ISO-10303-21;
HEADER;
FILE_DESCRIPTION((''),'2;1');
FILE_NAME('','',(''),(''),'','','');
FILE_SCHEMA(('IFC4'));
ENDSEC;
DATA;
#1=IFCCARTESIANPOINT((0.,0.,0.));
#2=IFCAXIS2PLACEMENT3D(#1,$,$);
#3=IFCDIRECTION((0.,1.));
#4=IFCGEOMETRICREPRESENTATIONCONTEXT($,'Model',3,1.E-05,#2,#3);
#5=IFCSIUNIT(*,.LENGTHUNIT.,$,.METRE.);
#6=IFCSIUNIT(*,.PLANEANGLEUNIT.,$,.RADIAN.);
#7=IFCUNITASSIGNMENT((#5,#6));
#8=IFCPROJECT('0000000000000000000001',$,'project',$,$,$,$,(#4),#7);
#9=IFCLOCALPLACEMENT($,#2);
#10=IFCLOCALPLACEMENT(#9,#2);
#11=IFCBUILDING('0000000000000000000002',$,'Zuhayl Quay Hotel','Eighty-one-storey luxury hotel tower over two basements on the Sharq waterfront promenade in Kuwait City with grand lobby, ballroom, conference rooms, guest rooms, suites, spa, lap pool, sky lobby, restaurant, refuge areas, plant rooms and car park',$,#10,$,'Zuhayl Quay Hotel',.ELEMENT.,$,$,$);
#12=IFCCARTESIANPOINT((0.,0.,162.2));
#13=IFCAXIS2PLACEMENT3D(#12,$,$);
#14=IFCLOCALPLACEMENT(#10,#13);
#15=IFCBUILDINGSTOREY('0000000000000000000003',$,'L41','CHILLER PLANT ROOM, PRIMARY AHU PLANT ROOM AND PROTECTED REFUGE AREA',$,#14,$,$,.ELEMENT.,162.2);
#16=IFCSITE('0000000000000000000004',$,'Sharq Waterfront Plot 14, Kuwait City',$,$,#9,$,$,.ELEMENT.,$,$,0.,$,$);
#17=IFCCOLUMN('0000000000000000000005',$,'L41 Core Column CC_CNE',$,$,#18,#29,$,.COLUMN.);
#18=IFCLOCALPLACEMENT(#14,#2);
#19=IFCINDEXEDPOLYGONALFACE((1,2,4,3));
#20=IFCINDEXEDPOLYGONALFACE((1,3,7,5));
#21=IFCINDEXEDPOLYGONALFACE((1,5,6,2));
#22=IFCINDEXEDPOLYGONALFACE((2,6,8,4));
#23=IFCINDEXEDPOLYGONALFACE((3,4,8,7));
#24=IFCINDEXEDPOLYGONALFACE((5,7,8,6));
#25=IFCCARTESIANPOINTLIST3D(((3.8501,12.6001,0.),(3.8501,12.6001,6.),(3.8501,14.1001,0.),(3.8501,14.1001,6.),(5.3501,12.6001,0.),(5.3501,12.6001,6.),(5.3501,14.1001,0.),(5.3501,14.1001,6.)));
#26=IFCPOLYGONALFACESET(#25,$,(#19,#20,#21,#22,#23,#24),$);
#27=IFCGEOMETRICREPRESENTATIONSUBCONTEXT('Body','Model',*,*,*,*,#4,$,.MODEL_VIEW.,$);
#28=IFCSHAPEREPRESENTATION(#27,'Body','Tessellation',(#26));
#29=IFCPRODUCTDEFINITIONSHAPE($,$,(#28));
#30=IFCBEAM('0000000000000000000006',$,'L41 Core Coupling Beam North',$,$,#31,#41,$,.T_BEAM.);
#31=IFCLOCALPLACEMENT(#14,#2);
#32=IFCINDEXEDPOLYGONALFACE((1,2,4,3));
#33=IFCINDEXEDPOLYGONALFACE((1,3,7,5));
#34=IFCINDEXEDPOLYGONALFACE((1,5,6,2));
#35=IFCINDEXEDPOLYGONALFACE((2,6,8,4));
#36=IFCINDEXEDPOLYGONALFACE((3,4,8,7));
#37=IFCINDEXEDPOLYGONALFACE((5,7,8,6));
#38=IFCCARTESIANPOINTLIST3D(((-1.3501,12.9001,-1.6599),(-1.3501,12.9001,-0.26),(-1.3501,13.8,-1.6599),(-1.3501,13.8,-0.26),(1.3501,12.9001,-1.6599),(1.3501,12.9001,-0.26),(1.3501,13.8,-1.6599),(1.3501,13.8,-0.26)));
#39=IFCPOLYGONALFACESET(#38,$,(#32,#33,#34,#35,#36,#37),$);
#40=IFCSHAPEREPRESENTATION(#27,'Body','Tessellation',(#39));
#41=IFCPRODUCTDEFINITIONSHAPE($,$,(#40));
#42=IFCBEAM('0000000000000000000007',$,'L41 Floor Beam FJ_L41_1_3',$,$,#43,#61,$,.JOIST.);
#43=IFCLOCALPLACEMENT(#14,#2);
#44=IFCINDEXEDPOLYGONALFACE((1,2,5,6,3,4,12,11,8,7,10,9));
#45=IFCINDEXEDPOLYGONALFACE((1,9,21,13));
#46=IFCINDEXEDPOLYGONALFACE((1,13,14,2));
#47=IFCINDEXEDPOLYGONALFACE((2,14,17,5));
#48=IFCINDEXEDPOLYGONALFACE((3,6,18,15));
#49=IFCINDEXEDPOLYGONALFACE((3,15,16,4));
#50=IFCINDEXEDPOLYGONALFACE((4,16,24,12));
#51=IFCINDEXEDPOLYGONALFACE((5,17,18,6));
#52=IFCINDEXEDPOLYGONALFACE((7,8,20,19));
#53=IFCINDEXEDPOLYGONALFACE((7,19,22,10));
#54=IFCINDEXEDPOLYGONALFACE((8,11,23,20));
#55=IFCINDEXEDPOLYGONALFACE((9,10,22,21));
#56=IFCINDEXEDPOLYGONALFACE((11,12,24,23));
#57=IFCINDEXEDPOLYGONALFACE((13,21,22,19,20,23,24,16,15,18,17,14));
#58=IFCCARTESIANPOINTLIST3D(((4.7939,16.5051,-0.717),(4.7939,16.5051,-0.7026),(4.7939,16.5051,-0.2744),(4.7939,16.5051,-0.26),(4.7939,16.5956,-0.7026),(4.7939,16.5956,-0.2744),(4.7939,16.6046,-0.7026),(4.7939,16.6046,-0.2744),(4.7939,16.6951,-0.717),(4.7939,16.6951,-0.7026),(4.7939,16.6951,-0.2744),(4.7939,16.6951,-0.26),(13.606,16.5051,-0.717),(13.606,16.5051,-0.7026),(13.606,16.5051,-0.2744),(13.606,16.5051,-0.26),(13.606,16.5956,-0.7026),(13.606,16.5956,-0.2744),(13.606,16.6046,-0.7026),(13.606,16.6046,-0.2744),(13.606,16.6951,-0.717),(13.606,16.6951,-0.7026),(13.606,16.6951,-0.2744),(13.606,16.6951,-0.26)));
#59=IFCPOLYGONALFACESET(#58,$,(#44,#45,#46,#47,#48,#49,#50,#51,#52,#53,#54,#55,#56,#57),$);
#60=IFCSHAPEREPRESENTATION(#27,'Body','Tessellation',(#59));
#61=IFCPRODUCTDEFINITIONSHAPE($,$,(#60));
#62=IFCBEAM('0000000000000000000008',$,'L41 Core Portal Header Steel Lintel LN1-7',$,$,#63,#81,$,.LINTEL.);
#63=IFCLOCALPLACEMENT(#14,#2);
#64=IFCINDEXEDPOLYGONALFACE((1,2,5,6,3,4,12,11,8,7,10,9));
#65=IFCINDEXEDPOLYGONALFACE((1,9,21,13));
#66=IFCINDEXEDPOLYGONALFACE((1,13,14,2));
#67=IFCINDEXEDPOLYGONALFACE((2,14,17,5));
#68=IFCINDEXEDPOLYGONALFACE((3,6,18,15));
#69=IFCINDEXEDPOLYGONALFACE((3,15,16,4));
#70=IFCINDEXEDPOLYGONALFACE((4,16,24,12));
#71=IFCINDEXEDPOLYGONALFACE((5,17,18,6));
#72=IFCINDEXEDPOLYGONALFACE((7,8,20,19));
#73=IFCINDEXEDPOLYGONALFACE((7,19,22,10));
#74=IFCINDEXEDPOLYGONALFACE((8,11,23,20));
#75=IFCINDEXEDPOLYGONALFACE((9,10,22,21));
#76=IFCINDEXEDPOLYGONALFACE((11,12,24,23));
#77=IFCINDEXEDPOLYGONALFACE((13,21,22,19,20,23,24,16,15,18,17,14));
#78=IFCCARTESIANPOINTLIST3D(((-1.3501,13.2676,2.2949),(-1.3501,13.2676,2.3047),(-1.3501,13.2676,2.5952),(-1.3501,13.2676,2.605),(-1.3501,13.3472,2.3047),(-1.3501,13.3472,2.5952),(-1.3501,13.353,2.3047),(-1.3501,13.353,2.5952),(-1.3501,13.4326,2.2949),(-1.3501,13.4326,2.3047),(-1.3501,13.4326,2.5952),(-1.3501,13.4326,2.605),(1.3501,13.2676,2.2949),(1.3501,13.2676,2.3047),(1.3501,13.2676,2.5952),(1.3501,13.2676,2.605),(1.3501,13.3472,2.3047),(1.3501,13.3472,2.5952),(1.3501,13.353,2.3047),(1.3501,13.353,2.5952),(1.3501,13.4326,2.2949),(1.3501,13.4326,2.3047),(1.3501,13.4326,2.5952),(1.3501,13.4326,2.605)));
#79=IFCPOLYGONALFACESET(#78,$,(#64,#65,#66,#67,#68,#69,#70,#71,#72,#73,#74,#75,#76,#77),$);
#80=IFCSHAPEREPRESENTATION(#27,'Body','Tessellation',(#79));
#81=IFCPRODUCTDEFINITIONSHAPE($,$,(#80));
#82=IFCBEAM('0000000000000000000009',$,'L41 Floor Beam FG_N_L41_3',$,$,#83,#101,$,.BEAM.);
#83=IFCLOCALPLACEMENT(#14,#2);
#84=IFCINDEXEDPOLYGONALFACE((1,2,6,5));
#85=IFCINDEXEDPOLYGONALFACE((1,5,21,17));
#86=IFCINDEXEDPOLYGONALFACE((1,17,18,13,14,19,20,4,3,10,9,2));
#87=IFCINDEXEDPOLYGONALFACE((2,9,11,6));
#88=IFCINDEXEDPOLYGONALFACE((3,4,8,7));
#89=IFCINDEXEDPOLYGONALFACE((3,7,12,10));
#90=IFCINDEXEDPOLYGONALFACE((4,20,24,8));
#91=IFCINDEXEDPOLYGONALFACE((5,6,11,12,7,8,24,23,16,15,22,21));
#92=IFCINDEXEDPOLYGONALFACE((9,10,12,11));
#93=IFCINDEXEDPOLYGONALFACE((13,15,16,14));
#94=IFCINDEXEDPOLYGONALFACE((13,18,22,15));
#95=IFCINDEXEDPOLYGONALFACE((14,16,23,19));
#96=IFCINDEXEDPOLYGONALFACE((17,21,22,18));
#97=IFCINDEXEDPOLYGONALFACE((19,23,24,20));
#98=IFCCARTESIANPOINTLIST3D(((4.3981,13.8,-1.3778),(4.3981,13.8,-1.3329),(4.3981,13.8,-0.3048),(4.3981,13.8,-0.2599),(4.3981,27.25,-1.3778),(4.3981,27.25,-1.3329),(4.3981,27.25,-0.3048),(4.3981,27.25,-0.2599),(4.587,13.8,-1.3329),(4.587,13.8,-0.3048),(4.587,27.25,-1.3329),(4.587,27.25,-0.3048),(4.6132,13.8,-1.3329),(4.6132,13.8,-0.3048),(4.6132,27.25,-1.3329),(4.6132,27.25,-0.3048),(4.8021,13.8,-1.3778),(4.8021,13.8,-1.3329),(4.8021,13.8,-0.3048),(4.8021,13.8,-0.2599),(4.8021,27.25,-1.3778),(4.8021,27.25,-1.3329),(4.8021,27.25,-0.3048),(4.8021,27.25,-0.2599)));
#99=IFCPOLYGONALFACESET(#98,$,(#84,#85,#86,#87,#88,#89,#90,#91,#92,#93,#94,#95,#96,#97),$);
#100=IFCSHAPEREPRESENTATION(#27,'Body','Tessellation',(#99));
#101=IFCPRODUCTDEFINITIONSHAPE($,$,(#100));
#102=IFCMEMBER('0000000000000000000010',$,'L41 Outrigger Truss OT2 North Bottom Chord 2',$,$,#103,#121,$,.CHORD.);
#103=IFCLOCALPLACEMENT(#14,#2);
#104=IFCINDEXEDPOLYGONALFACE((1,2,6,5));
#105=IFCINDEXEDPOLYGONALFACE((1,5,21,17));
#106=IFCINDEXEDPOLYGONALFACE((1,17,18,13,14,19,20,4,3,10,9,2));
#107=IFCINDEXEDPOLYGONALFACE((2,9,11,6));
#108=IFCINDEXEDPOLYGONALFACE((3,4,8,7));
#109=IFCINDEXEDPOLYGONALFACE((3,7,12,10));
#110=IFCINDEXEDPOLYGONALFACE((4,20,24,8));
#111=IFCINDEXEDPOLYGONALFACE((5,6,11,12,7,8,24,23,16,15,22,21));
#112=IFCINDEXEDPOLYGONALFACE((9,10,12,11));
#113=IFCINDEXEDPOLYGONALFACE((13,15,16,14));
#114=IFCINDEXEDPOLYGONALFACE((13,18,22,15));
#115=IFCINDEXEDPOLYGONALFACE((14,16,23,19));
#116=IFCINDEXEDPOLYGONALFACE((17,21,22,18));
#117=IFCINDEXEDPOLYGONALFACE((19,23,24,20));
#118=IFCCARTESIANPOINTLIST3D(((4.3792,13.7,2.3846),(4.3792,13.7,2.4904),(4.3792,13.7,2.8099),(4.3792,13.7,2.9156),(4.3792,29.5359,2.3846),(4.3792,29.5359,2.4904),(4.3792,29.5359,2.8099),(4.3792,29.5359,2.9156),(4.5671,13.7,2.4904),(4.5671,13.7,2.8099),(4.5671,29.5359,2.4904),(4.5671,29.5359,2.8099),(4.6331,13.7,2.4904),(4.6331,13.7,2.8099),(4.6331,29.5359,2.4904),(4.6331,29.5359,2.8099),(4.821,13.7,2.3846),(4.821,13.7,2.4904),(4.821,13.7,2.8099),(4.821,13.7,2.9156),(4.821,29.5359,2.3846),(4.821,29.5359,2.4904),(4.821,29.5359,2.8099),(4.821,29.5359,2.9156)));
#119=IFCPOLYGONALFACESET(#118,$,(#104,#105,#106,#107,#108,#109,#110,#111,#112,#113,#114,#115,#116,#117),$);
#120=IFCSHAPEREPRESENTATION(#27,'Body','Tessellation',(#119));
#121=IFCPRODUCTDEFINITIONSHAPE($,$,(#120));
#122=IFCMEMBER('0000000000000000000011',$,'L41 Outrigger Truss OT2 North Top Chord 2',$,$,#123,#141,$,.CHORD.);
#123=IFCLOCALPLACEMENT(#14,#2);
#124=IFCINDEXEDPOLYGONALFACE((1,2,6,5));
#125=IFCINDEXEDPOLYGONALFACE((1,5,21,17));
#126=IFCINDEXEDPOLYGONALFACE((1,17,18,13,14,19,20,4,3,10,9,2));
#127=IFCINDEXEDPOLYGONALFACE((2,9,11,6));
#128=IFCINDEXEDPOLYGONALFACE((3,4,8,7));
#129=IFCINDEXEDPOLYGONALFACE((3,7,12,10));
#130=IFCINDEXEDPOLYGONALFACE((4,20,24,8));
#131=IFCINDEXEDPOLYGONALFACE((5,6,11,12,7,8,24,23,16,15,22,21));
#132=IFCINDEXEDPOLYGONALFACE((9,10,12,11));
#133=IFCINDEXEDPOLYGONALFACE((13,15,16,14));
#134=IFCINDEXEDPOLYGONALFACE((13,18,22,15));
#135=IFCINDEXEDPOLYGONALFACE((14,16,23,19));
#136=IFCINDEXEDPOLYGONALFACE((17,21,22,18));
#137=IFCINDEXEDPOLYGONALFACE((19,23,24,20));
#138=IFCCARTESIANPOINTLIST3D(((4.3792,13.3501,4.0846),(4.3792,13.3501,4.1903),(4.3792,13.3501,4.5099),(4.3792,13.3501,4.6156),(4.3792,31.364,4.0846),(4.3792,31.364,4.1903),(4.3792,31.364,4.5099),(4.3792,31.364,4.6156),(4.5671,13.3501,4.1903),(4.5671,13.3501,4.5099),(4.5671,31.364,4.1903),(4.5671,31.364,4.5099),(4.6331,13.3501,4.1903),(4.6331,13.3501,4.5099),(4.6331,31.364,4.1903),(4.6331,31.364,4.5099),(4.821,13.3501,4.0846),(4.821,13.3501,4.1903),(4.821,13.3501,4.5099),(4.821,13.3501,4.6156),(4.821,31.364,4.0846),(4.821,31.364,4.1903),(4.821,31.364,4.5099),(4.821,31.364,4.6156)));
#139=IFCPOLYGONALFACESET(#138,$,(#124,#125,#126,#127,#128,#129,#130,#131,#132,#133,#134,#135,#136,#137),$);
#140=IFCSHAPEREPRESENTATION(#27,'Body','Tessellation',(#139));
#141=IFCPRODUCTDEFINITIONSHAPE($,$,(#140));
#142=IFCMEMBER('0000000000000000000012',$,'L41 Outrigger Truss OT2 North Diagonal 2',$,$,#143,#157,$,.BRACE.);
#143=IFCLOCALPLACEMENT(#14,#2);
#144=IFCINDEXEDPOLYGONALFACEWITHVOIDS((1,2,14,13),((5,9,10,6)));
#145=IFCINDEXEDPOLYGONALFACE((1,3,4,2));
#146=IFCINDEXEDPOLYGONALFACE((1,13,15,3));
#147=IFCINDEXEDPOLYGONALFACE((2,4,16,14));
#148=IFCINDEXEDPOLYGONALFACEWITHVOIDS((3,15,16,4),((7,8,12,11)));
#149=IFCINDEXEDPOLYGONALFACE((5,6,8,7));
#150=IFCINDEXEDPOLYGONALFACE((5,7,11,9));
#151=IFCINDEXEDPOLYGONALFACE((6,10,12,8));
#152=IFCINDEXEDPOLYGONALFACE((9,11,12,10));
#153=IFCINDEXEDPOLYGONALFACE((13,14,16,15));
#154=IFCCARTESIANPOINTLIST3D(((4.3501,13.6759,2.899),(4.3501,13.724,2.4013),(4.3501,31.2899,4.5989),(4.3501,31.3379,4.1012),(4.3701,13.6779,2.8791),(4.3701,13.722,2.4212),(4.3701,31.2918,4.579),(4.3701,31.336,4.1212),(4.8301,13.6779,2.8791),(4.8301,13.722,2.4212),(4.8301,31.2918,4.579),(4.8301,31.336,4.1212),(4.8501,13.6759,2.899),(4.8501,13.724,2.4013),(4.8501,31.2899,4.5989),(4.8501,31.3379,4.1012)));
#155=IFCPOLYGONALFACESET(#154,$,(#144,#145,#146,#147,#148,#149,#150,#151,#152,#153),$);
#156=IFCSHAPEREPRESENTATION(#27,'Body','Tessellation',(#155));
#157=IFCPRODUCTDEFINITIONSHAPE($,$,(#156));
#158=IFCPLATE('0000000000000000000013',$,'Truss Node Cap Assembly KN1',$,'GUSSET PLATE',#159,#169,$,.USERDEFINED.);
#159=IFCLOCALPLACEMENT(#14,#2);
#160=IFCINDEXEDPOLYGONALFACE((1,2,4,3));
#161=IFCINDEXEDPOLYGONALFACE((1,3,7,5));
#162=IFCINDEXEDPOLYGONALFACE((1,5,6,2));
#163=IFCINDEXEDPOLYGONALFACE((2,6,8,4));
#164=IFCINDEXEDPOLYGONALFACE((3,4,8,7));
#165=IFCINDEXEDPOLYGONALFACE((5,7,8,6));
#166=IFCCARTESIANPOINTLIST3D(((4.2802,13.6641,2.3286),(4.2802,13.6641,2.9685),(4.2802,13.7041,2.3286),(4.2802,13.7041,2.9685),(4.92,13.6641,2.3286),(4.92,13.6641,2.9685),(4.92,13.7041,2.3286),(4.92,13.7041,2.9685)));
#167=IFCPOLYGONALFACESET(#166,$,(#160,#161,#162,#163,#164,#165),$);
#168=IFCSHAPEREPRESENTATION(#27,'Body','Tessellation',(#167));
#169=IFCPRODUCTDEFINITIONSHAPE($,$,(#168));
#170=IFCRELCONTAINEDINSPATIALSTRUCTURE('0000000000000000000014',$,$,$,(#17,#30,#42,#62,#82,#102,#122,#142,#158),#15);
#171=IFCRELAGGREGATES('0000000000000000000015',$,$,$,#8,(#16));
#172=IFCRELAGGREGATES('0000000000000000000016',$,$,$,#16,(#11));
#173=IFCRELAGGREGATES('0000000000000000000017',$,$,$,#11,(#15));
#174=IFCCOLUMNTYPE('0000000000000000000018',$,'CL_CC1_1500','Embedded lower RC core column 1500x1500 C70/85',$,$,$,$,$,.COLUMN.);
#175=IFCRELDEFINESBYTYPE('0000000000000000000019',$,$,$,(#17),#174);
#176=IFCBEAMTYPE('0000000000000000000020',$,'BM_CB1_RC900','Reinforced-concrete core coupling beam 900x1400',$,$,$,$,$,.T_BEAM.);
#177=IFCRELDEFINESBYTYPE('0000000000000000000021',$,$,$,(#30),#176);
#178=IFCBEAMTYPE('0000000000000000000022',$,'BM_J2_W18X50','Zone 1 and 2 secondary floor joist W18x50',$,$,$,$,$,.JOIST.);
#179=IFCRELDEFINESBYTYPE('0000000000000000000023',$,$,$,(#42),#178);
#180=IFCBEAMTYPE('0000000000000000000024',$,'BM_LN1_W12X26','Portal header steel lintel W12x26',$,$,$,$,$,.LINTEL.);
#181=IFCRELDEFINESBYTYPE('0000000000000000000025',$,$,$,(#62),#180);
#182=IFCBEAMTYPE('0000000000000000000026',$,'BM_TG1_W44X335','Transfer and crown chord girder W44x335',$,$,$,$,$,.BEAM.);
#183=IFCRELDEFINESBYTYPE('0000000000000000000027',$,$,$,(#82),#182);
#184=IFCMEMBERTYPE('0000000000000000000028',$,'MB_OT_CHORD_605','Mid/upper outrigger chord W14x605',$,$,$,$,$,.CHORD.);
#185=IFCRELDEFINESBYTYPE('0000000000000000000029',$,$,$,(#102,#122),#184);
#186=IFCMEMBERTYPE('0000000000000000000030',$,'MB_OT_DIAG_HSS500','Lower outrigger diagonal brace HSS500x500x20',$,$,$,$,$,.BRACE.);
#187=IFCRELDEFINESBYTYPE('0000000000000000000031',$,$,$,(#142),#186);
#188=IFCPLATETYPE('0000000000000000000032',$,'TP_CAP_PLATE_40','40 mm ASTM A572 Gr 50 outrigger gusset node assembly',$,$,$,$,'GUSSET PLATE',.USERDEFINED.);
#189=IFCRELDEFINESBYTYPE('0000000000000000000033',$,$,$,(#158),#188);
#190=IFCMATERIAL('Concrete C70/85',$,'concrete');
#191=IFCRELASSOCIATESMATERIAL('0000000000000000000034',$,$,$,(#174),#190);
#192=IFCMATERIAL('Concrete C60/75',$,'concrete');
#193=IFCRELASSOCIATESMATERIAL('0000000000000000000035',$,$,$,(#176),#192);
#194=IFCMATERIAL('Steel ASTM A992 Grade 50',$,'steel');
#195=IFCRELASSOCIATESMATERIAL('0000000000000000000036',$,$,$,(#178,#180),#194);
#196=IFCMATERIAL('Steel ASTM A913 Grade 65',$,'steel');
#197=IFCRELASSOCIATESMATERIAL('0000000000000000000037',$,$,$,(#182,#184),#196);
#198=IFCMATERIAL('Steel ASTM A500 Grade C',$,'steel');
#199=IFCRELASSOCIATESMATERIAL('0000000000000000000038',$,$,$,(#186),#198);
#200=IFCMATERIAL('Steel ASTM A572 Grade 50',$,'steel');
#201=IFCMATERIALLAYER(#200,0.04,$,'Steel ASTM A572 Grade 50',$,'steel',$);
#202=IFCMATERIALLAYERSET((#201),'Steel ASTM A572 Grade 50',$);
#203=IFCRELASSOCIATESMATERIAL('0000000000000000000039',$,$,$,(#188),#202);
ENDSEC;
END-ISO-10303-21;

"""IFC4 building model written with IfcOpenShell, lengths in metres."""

from ifc_helpers import new_model, si_unit, direction, frame, origin, origin_2d, place, context, subcontext, project, spatial, rectangle, hollow_rectangle, i_section, extrude, material, layer, layer_set, material_profile, profile_set, type_object, element, save


model = new_model("IFC4")

# Units and contexts
model_context = context("Model", 3, precision=1e-05, world=origin(), true_north=direction((0.0, 1.0)))
body_context = subcontext(model_context, "Body", "Model", "MODEL_VIEW")
ifc_project = project(units=[si_unit("LENGTHUNIT", "METRE"), si_unit("PLANEANGLEUNIT", "RADIAN")], contexts=[model_context])

# Site, building, storey
site_placement = place(None, origin())
site = spatial("IfcSite", under=ifc_project, at=site_placement, Name="Sharq Waterfront Plot 14, Kuwait City", CompositionType="ELEMENT", RefElevation=0.0)
building_placement = place(site_placement, origin())
building = spatial("IfcBuilding", under=site, at=building_placement, Name="Zuhayl Quay Hotel", Description="Eighty-one-storey luxury hotel tower over two basements on the Sharq waterfront promenade in Kuwait City with grand lobby, ballroom, conference rooms, guest rooms, suites, spa, lap pool, sky lobby, restaurant, refuge areas, plant rooms and car park", LongName="Zuhayl Quay Hotel", CompositionType="ELEMENT")
storey_placement = place(building_placement, frame((0.0, 0.0, 162.2)))
storey = spatial("IfcBuildingStorey", under=building, at=storey_placement, Name="L41", Description="CHILLER PLANT ROOM, PRIMARY AHU PLANT ROOM AND PROTECTED REFUGE AREA", CompositionType="ELEMENT", Elevation=162.2)

# Column
ifc_material_1 = material(Name="Concrete C70/85", Category="concrete")
ifc_material_profile_1 = material_profile(ifc_material_1, rectangle(XDim=1.5, YDim=1.5, at=origin_2d()), Name="RC1500X1500")
ifc_profile_set_1 = profile_set([ifc_material_profile_1], Name="Concrete C70/85")
column_type = type_object("IfcColumnType", Name="CL_CC1_1500", Description="Embedded lower RC core column 1500x1500 C70/85", PredefinedType="COLUMN", material=ifc_profile_set_1)
column_placement = place(storey_placement, frame((4.6001, 13.3501, 0.0), z_axis=(0.0, 0.0, 1.0), x_axis=(1.0, 0.0, 0.0)))
element("IfcColumn", 1, at=column_placement, inside=storey, type_object=column_type, Name="L41 Core Column CC_CNE", PredefinedType="COLUMN", context=body_context, shape_type="SweptSolid", body=[
    extrude(rectangle(XDim=1.5, YDim=1.5, at=origin_2d()), origin(), (0.0, 0.0, 1.0), 6.0),
])

# Beams
ifc_material_2 = material(Name="Concrete C60/75", Category="concrete")
ifc_material_profile_2 = material_profile(ifc_material_2, rectangle(XDim=0.8999, YDim=1.3999, at=origin_2d()), Name="RC900X1400")
ifc_profile_set_2 = profile_set([ifc_material_profile_2], Name="Concrete C60/75")
beam_type_1 = type_object("IfcBeamType", Name="BM_CB1_RC900", Description="Reinforced-concrete core coupling beam 900x1400", PredefinedType="T_BEAM", material=ifc_profile_set_2)
beam_1_placement = place(storey_placement, frame((-1.3501, 13.3501, -0.96), z_axis=(1.0, 0.0, 0.0), x_axis=(0.0, 1.0, 0.0)))
element("IfcBeam", 2, at=beam_1_placement, inside=storey, type_object=beam_type_1, Name="L41 Core Coupling Beam North", PredefinedType="T_BEAM", context=body_context, shape_type="SweptSolid", body=[
    extrude(rectangle(XDim=0.8999, YDim=1.3999, at=origin_2d()), origin(), (0.0, 0.0, 1.0), 2.7002),
])
ifc_material_3 = material(Name="Steel ASTM A992 Grade 50", Category="steel")
ifc_material_profile_3 = material_profile(ifc_material_3, i_section(OverallWidth=0.1899, OverallDepth=0.457, WebThickness=0.009, FlangeThickness=0.0144, at=origin_2d()), Name="W18X50")
ifc_profile_set_3 = profile_set([ifc_material_profile_3], Name="Steel ASTM A992 Grade 50")
beam_type_2 = type_object("IfcBeamType", Name="BM_J2_W18X50", Description="Zone 1 and 2 secondary floor joist W18x50", PredefinedType="JOIST", material=ifc_profile_set_3)
beam_2_placement = place(storey_placement, frame((4.7939, 16.6001, -0.4885), z_axis=(1.0, 0.0, 0.0), x_axis=(0.0, 1.0, 0.0)))
element("IfcBeam", 3, at=beam_2_placement, inside=storey, type_object=beam_type_2, Name="L41 Floor Beam FJ_L41_1_3", PredefinedType="JOIST", context=body_context, shape_type="SweptSolid", body=[
    extrude(i_section(OverallWidth=0.1899, OverallDepth=0.457, WebThickness=0.009, FlangeThickness=0.0144, at=origin_2d()), origin(), (0.0, 0.0, 1.0), 8.812),
])
ifc_material_profile_4 = material_profile(ifc_material_3, i_section(OverallWidth=0.165, OverallDepth=0.3101, WebThickness=0.0059, FlangeThickness=0.0098, at=origin_2d()), Name="W12X26")
ifc_profile_set_4 = profile_set([ifc_material_profile_4], Name="Steel ASTM A992 Grade 50")
beam_type_3 = type_object("IfcBeamType", Name="BM_LN1_W12X26", Description="Portal header steel lintel W12x26", PredefinedType="LINTEL", material=ifc_profile_set_4)
beam_3_placement = place(storey_placement, frame((-1.3501, 13.3501, 2.45), z_axis=(1.0, 0.0, 0.0), x_axis=(0.0, 1.0, 0.0)))
element("IfcBeam", 4, at=beam_3_placement, inside=storey, type_object=beam_type_3, Name="L41 Core Portal Header Steel Lintel LN1-7", PredefinedType="LINTEL", context=body_context, shape_type="SweptSolid", body=[
    extrude(i_section(OverallWidth=0.165, OverallDepth=0.3101, WebThickness=0.0059, FlangeThickness=0.0098, at=origin_2d()), origin(), (0.0, 0.0, 1.0), 2.7002),
])
ifc_material_4 = material(Name="Steel ASTM A913 Grade 65", Category="steel")
ifc_material_profile_5 = material_profile(ifc_material_4, i_section(OverallWidth=0.4041, OverallDepth=1.1179, WebThickness=0.0261, FlangeThickness=0.0449, at=origin_2d()), Name="W44X335")
ifc_profile_set_5 = profile_set([ifc_material_profile_5], Name="Steel ASTM A913 Grade 65")
beam_type_4 = type_object("IfcBeamType", Name="BM_TG1_W44X335", Description="Transfer and crown chord girder W44x335", PredefinedType="BEAM", material=ifc_profile_set_5)
beam_4_placement = place(storey_placement, frame((4.6001, 13.8, -0.8188), z_axis=(0.0, 1.0, 0.0), x_axis=(-1.0, 0.0, 0.0)))
element("IfcBeam", 5, at=beam_4_placement, inside=storey, type_object=beam_type_4, Name="L41 Floor Beam FG_N_L41_3", PredefinedType="BEAM", context=body_context, shape_type="SweptSolid", body=[
    extrude(i_section(OverallWidth=0.4041, OverallDepth=1.1179, WebThickness=0.0261, FlangeThickness=0.0449, at=origin_2d()), origin(), (0.0, 0.0, 1.0), 13.45),
])

# Members
ifc_material_profile_6 = material_profile(ifc_material_4, i_section(OverallWidth=0.4419, OverallDepth=0.531, WebThickness=0.0659, FlangeThickness=0.1057, at=origin_2d()), Name="W14X605")
ifc_profile_set_6 = profile_set([ifc_material_profile_6], Name="Steel ASTM A913 Grade 65")
member_type_1 = type_object("IfcMemberType", Name="MB_OT_CHORD_605", Description="Mid/upper outrigger chord W14x605", PredefinedType="CHORD", material=ifc_profile_set_6)
member_1_placement = place(storey_placement, frame((4.6001, 13.7, 2.6501), z_axis=(0.0, 1.0, 0.0), x_axis=(-1.0, 0.0, 0.0)))
element("IfcMember", 6, at=member_1_placement, inside=storey, type_object=member_type_1, Name="L41 Outrigger Truss OT2 North Bottom Chord 2", PredefinedType="CHORD", context=body_context, shape_type="SweptSolid", body=[
    extrude(i_section(OverallWidth=0.4419, OverallDepth=0.531, WebThickness=0.0659, FlangeThickness=0.1057, at=origin_2d()), origin(), (0.0, 0.0, 1.0), 15.8359),
])
member_2_placement = place(storey_placement, frame((4.6001, 13.3501, 4.3501), z_axis=(0.0, 1.0, 0.0), x_axis=(-1.0, 0.0, 0.0)))
element("IfcMember", 7, at=member_2_placement, inside=storey, type_object=member_type_1, Name="L41 Outrigger Truss OT2 North Top Chord 2", PredefinedType="CHORD", context=body_context, shape_type="SweptSolid", body=[
    extrude(i_section(OverallWidth=0.4419, OverallDepth=0.531, WebThickness=0.0659, FlangeThickness=0.1057, at=origin_2d()), origin(), (0.0, 0.0, 1.0), 18.0139),
])
ifc_material_5 = material(Name="Steel ASTM A500 Grade C", Category="steel")
ifc_material_profile_7 = material_profile(ifc_material_5, hollow_rectangle(XDim=0.5, YDim=0.5, WallThickness=0.02, at=origin_2d()), Name="HSS500X500X20")
ifc_profile_set_7 = profile_set([ifc_material_profile_7], Name="Steel ASTM A500 Grade C")
member_type_2 = type_object("IfcMemberType", Name="MB_OT_DIAG_HSS500", Description="Lower outrigger diagonal brace HSS500x500x20", PredefinedType="BRACE", material=ifc_profile_set_7)
member_3_placement = place(storey_placement, frame((4.6001, 13.7, 2.6501), z_axis=(0.0, 0.995375, 0.096065), x_axis=(-1.0, 0.0, 0.0)))
element("IfcMember", 8, at=member_3_placement, inside=storey, type_object=member_type_2, Name="L41 Outrigger Truss OT2 North Diagonal 2", PredefinedType="BRACE", context=body_context, shape_type="SweptSolid", body=[
    extrude(hollow_rectangle(XDim=0.5, YDim=0.5, WallThickness=0.02, at=origin_2d()), origin(), (0.0, 0.0, 1.0), 17.6958),
])

# Plate
ifc_material_6 = material(Name="Steel ASTM A572 Grade 50", Category="steel")
ifc_layer_1 = layer(ifc_material_6, 0.04, Name="Steel ASTM A572 Grade 50", Category="steel")
ifc_layer_set_1 = layer_set([ifc_layer_1], Name="Steel ASTM A572 Grade 50")
plate_type = type_object("IfcPlateType", Name="TP_CAP_PLATE_40", Description="40 mm ASTM A572 Gr 50 outrigger gusset node assembly", ElementType="GUSSET PLATE", PredefinedType="USERDEFINED", material=ifc_layer_set_1)
plate_placement = place(storey_placement, frame((4.6001, 13.6841, 2.3286), z_axis=(0.0, 0.0, 1.0), x_axis=(0.0, -1.0, 0.0)))
element("IfcPlate", 9, at=plate_placement, inside=storey, type_object=plate_type, Name="Truss Node Cap Assembly KN1", ObjectType="GUSSET PLATE", PredefinedType="USERDEFINED", context=body_context, shape_type="SweptSolid", body=[
    extrude(rectangle(XDim=0.04, YDim=0.6399, at=origin_2d()), origin(), (0.0, 0.0, 1.0), 0.6399),
])

save(model, "model.ifc")
